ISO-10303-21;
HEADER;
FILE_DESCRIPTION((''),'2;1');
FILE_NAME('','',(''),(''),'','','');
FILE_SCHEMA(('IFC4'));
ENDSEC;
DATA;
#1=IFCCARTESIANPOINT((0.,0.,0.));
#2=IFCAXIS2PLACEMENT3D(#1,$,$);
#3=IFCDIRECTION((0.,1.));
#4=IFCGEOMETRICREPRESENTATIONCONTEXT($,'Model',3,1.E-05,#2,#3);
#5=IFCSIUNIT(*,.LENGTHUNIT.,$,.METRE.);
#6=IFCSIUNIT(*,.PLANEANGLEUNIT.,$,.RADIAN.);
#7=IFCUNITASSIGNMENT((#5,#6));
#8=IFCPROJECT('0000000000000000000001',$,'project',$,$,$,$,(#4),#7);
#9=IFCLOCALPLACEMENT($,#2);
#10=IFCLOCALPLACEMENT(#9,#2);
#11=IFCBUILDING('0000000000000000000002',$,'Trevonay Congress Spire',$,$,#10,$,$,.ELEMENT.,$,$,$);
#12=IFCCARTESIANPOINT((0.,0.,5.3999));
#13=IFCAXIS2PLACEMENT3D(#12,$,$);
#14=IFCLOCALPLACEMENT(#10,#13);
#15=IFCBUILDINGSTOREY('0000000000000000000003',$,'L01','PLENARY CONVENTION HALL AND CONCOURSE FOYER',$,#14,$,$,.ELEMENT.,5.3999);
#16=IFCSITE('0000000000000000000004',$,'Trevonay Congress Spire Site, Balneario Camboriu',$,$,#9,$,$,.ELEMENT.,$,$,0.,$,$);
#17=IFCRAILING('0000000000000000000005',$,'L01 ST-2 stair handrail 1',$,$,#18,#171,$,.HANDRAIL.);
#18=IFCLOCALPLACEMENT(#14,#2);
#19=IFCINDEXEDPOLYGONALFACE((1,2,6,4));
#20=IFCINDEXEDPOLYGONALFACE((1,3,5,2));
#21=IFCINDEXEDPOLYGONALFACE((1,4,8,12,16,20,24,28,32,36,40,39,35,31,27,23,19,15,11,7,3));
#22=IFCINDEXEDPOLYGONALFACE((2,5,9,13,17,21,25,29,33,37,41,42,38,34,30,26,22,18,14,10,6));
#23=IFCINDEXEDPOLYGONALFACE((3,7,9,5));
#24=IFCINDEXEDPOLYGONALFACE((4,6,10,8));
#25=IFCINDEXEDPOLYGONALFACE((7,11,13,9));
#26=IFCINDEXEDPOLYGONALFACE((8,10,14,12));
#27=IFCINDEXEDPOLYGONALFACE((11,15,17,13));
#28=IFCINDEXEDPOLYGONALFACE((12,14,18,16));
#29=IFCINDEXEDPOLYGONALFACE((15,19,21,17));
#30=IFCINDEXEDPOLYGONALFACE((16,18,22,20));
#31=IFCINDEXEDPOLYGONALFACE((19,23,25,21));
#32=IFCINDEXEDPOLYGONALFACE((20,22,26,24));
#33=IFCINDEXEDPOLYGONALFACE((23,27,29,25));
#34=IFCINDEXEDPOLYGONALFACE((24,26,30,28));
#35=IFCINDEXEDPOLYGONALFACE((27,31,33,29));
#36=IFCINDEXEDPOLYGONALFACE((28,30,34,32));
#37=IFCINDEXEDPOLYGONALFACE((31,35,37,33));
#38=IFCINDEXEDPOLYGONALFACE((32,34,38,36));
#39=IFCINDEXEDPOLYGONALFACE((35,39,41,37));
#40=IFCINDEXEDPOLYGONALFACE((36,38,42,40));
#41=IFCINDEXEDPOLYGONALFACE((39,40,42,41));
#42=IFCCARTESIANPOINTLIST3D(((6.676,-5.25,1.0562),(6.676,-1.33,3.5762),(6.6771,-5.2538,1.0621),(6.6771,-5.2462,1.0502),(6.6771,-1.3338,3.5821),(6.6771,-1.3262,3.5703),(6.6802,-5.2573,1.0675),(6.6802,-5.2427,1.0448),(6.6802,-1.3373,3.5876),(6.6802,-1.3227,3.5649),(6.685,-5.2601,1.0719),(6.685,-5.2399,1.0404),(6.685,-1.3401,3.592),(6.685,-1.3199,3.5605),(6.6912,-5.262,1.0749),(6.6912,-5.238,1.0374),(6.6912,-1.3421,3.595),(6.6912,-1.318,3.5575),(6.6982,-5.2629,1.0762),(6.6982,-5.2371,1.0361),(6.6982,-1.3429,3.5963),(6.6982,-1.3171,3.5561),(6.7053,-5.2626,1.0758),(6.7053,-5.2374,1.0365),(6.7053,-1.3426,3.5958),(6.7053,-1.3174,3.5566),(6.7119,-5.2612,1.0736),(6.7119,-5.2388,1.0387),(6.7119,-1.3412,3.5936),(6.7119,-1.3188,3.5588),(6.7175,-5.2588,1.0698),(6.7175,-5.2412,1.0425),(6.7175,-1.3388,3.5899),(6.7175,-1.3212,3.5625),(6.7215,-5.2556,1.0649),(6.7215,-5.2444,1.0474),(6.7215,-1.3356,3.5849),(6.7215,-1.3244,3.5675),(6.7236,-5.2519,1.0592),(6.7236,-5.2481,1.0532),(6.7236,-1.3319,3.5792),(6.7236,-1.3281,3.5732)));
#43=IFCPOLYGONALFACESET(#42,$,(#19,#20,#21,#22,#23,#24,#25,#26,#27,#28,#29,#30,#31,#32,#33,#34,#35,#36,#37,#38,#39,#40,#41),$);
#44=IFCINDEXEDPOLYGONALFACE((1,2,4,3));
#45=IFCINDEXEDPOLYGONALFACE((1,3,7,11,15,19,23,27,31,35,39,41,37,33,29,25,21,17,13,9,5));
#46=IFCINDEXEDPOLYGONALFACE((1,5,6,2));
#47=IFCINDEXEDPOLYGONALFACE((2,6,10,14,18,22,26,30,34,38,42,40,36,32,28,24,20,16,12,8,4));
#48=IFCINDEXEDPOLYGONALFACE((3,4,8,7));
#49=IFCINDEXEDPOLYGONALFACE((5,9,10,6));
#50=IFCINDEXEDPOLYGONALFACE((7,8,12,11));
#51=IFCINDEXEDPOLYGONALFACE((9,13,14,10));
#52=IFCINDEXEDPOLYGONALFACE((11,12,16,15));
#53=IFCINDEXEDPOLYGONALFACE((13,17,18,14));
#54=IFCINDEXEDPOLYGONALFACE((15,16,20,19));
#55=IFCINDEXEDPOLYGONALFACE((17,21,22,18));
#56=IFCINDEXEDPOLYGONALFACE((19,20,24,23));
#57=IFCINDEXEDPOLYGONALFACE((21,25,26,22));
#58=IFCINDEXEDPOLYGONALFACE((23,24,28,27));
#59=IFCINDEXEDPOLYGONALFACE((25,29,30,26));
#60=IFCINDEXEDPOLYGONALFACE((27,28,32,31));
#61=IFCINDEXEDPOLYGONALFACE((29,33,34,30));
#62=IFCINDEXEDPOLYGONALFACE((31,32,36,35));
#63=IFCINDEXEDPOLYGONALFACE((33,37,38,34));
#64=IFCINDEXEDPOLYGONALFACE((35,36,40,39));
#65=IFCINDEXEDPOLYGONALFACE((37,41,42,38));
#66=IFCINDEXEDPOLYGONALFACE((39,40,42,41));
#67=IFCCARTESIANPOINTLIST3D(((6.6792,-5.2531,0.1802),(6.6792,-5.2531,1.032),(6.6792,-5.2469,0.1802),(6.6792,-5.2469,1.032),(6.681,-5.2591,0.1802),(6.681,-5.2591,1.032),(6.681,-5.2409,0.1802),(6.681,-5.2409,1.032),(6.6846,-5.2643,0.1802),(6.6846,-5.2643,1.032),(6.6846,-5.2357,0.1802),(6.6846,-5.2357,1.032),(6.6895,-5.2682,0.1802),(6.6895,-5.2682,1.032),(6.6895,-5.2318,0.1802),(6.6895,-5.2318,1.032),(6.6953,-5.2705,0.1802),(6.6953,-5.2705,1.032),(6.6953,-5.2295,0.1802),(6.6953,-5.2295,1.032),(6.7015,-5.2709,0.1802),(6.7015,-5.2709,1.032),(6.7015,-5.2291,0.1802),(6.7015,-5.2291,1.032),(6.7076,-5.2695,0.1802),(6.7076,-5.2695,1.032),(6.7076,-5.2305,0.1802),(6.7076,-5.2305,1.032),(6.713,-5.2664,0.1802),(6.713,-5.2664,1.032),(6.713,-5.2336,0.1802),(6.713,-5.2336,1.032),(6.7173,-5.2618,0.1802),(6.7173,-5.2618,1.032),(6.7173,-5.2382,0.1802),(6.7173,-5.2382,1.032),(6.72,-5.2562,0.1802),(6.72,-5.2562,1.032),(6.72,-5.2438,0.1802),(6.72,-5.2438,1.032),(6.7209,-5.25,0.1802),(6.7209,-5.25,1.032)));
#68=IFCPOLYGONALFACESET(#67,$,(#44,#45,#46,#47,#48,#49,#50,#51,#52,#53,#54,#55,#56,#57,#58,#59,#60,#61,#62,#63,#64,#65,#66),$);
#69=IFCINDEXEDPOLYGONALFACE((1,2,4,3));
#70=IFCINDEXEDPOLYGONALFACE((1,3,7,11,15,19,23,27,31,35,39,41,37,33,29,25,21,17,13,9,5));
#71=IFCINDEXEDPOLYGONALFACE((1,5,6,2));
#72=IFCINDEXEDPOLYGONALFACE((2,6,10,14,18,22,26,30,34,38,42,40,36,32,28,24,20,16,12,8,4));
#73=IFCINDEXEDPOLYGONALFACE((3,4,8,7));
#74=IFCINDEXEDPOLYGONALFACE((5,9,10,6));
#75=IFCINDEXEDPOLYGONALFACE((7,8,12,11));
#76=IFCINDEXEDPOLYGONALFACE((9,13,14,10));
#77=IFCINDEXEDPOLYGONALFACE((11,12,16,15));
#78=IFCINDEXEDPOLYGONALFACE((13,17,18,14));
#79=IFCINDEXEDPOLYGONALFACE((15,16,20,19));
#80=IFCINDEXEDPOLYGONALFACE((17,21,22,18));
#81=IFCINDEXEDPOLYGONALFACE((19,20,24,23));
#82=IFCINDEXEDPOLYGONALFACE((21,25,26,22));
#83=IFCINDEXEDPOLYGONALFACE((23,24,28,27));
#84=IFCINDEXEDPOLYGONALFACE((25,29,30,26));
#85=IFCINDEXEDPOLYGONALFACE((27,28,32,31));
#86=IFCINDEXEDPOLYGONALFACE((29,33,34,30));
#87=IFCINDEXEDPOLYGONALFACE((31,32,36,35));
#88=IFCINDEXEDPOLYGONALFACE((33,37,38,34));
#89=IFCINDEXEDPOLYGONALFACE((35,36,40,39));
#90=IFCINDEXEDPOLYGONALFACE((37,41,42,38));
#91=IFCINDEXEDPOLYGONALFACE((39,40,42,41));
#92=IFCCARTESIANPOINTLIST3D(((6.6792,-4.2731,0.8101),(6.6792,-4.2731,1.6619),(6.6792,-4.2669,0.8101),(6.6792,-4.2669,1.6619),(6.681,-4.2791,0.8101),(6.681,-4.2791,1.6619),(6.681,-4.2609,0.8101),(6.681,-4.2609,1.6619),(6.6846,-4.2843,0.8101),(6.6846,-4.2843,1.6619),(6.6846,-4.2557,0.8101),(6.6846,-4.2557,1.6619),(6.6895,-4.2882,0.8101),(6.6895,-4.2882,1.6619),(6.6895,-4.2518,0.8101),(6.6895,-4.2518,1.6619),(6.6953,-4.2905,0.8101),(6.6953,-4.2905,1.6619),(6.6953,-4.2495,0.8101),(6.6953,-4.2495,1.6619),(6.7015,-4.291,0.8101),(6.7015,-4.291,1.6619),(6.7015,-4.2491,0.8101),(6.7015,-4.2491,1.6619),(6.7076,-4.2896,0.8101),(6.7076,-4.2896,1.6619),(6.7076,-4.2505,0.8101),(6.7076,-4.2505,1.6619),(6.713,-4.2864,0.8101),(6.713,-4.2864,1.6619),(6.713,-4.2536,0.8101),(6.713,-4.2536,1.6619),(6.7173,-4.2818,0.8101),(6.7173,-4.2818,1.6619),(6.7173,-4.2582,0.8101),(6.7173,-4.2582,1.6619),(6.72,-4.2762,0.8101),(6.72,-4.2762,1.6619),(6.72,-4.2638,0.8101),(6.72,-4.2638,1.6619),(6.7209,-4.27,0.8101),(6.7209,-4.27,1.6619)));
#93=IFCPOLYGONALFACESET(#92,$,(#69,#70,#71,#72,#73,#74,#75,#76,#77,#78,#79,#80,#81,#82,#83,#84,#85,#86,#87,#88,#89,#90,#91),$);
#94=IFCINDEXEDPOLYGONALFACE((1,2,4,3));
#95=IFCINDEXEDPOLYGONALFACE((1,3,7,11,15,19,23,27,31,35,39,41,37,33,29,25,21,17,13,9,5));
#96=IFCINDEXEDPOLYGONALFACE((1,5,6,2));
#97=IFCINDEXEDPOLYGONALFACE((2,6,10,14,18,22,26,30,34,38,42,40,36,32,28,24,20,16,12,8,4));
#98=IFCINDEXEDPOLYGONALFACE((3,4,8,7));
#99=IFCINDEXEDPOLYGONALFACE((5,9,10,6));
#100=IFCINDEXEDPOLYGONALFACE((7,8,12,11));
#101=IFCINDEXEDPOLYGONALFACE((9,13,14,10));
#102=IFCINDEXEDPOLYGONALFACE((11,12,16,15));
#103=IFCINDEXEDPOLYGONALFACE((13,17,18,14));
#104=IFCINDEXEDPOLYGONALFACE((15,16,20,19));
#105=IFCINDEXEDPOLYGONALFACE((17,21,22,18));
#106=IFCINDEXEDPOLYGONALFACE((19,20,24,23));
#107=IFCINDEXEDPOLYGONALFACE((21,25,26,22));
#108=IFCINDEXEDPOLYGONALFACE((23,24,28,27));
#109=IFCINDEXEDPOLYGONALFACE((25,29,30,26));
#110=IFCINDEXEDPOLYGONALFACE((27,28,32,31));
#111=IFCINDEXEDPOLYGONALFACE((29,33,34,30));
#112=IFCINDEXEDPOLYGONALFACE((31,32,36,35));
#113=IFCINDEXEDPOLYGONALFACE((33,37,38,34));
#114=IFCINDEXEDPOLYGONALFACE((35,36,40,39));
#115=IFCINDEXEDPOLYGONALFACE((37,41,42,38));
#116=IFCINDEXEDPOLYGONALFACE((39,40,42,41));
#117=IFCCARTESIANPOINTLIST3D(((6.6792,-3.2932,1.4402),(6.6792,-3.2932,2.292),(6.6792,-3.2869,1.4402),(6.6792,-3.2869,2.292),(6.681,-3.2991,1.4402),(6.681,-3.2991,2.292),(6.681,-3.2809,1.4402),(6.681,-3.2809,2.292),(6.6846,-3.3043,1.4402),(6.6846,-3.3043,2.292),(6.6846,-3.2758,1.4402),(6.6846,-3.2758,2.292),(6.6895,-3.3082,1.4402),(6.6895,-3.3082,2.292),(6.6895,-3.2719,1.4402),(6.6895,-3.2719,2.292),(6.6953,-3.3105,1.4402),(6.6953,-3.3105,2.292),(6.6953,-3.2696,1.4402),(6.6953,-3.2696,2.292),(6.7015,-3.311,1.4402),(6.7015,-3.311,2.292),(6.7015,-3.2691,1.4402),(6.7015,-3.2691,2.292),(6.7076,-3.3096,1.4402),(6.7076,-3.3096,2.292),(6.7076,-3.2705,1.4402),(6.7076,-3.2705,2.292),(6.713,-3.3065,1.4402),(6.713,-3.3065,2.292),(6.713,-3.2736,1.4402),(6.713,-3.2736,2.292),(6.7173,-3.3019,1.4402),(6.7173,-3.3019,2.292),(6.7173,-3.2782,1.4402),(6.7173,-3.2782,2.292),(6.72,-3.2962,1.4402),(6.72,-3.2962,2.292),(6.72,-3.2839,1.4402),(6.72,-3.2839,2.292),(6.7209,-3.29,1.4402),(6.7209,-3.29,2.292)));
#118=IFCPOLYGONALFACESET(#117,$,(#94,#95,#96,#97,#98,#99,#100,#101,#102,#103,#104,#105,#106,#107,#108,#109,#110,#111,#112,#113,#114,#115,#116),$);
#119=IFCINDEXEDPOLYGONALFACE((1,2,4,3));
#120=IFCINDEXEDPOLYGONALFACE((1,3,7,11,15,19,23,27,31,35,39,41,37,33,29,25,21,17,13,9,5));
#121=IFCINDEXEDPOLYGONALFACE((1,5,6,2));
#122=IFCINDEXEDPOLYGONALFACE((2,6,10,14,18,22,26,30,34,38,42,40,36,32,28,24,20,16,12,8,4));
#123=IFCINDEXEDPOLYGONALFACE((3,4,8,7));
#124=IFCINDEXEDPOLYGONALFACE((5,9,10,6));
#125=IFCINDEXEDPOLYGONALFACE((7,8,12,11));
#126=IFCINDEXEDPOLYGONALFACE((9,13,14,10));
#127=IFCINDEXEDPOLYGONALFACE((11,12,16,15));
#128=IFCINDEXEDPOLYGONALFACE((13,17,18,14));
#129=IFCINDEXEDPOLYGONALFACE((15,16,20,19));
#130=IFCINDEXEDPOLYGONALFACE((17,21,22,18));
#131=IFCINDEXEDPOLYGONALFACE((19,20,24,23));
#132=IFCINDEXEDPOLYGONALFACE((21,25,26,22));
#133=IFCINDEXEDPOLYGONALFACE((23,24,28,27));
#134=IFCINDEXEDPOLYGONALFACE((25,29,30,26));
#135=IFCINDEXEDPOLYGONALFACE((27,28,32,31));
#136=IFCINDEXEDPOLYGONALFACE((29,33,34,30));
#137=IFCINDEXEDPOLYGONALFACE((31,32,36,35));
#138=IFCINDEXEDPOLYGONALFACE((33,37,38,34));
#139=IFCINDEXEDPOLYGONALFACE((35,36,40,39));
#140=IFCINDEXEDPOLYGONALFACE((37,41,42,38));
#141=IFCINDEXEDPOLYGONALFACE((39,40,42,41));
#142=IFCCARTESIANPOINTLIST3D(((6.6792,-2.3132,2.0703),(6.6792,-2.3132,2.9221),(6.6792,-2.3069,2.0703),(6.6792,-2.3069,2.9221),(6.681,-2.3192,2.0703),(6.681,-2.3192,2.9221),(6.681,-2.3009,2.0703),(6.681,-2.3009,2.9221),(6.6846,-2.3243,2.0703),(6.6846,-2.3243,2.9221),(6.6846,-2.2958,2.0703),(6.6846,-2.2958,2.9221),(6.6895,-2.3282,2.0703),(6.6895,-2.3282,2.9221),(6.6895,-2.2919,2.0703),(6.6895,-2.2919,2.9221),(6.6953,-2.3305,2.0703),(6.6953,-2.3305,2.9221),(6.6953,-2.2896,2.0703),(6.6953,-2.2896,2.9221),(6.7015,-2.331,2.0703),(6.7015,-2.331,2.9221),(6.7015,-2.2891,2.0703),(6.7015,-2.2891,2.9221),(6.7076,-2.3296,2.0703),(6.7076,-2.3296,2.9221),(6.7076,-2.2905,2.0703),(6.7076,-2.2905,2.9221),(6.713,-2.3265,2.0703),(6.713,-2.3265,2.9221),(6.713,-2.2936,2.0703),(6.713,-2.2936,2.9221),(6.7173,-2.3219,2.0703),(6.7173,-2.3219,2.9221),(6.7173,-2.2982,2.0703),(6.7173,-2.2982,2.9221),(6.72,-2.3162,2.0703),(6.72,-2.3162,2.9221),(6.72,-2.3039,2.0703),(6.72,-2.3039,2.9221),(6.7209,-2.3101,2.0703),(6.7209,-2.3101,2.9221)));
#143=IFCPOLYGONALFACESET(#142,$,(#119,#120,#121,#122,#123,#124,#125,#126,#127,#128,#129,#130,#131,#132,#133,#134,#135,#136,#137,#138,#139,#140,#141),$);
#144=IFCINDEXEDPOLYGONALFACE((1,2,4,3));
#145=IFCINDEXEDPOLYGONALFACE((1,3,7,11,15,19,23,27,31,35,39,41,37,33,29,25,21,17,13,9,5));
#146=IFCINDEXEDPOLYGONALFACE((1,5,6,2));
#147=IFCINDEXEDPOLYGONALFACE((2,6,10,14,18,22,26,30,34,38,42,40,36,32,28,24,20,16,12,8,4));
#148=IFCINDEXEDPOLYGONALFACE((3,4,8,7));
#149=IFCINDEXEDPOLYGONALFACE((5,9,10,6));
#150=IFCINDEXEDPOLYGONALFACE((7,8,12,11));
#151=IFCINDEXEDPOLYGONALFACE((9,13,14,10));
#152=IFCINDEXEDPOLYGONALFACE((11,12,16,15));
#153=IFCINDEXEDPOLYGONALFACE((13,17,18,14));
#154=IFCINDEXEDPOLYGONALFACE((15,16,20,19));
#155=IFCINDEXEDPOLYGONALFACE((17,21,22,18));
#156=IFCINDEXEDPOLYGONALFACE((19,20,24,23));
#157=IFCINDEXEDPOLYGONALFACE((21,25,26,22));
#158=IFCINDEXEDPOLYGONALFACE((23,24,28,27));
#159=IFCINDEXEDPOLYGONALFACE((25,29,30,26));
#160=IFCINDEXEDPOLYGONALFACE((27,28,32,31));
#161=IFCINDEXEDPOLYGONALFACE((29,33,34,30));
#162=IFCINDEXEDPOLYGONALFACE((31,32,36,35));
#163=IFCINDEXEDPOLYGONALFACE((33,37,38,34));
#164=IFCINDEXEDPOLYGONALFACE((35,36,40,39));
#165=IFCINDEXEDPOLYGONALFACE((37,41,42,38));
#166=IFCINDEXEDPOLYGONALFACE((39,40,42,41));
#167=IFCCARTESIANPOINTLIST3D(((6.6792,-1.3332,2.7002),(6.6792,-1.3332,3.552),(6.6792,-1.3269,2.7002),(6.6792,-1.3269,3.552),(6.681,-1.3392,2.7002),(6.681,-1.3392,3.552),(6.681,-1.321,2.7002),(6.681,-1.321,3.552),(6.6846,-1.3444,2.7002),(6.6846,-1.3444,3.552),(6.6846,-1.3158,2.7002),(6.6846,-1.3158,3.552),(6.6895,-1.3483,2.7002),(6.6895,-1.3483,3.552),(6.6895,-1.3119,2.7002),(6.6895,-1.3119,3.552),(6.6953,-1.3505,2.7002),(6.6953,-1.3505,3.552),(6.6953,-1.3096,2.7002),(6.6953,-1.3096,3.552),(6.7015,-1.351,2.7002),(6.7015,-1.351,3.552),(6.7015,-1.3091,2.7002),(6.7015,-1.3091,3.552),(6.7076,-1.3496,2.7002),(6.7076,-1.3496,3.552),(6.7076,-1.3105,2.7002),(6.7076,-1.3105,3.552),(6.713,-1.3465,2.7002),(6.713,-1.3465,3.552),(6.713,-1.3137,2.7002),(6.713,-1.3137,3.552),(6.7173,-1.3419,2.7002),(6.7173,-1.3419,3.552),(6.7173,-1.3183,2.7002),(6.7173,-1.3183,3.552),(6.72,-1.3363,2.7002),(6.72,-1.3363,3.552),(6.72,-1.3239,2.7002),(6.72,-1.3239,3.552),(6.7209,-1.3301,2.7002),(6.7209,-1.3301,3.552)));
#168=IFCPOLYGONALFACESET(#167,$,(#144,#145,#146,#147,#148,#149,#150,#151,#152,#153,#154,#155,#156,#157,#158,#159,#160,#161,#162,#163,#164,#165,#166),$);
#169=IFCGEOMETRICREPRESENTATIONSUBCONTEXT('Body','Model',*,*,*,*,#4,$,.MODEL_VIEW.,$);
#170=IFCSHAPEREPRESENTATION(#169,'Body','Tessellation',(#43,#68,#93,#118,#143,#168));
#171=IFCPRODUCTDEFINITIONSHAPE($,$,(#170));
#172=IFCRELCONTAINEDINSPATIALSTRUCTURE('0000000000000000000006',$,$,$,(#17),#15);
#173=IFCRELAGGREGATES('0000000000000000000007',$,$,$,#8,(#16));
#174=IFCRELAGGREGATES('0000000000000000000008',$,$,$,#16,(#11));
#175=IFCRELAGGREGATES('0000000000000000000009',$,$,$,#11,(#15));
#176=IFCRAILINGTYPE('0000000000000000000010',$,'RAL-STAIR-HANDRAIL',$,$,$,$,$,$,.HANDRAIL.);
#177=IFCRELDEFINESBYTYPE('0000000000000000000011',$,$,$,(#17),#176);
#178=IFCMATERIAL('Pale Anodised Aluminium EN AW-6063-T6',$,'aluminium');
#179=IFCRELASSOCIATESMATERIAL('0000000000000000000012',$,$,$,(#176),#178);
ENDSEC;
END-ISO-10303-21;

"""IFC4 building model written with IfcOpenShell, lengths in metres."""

from ifc_helpers import new_model, si_unit, direction, frame, origin, origin_2d, place, context, subcontext, project, spatial, circle, extrude, material, type_object, element, save


model = new_model("IFC4")

# Units and contexts
model_context = context("Model", 3, precision=1e-05, world=origin(), true_north=direction((0.0, 1.0)))
body_context = subcontext(model_context, "Body", "Model", "MODEL_VIEW")
ifc_project = project(units=[si_unit("LENGTHUNIT", "METRE"), si_unit("PLANEANGLEUNIT", "RADIAN")], contexts=[model_context])

# Site, building, storey
site_placement = place(None, origin())
site = spatial("IfcSite", under=ifc_project, at=site_placement, Name="Trevonay Congress Spire Site, Balneario Camboriu", CompositionType="ELEMENT", RefElevation=0.0)
building_placement = place(site_placement, origin())
building = spatial("IfcBuilding", under=site, at=building_placement, Name="Trevonay Congress Spire", CompositionType="ELEMENT")
storey_placement = place(building_placement, frame((0.0, 0.0, 5.3999)))
storey = spatial("IfcBuildingStorey", under=building, at=storey_placement, Name="L01", Description="PLENARY CONVENTION HALL AND CONCOURSE FOYER", CompositionType="ELEMENT", Elevation=5.3999)

# Railing
ifc_material_1 = material(Name="Pale Anodised Aluminium EN AW-6063-T6", Category="aluminium")
railing_type_1 = type_object("IfcRailingType", Name="RAL-STAIR-HANDRAIL", PredefinedType="HANDRAIL", material=ifc_material_1)
railing_1_placement = place(storey_placement, frame((6.7, -5.25, 0.1802)))
element("IfcRailing", 1, at=railing_1_placement, inside=storey, type_object=railing_type_1, Name="L01 ST-2 stair handrail 1", PredefinedType="HANDRAIL", context=body_context, shape_type="SweptSolid", body=[
    extrude(circle(Radius=0.0239, at=origin_2d()), frame((0.0, 0.0, 0.876), z_axis=(0.0, 0.841172, 0.540768), x_axis=(-1.0, 0.0, 0.0)), (0.0, 0.0, 1.0), 4.6602),
    extrude(circle(Radius=0.021, at=origin_2d()), origin(), (0.0, 0.0, 1.0), 0.8518),
    extrude(circle(Radius=0.021, at=origin_2d()), frame((0.0, 0.98, 0.6299)), (0.0, 0.0, 1.0), 0.8518),
    extrude(circle(Radius=0.021, at=origin_2d()), frame((0.0, 1.96, 1.26)), (0.0, 0.0, 1.0), 0.8518),
    extrude(circle(Radius=0.021, at=origin_2d()), frame((0.0, 2.9399, 1.8901)), (0.0, 0.0, 1.0), 0.8518),
    extrude(circle(Radius=0.021, at=origin_2d()), frame((0.0, 3.9199, 2.52)), (0.0, 0.0, 1.0), 0.8518),
])

save(model, "model.ifc")
